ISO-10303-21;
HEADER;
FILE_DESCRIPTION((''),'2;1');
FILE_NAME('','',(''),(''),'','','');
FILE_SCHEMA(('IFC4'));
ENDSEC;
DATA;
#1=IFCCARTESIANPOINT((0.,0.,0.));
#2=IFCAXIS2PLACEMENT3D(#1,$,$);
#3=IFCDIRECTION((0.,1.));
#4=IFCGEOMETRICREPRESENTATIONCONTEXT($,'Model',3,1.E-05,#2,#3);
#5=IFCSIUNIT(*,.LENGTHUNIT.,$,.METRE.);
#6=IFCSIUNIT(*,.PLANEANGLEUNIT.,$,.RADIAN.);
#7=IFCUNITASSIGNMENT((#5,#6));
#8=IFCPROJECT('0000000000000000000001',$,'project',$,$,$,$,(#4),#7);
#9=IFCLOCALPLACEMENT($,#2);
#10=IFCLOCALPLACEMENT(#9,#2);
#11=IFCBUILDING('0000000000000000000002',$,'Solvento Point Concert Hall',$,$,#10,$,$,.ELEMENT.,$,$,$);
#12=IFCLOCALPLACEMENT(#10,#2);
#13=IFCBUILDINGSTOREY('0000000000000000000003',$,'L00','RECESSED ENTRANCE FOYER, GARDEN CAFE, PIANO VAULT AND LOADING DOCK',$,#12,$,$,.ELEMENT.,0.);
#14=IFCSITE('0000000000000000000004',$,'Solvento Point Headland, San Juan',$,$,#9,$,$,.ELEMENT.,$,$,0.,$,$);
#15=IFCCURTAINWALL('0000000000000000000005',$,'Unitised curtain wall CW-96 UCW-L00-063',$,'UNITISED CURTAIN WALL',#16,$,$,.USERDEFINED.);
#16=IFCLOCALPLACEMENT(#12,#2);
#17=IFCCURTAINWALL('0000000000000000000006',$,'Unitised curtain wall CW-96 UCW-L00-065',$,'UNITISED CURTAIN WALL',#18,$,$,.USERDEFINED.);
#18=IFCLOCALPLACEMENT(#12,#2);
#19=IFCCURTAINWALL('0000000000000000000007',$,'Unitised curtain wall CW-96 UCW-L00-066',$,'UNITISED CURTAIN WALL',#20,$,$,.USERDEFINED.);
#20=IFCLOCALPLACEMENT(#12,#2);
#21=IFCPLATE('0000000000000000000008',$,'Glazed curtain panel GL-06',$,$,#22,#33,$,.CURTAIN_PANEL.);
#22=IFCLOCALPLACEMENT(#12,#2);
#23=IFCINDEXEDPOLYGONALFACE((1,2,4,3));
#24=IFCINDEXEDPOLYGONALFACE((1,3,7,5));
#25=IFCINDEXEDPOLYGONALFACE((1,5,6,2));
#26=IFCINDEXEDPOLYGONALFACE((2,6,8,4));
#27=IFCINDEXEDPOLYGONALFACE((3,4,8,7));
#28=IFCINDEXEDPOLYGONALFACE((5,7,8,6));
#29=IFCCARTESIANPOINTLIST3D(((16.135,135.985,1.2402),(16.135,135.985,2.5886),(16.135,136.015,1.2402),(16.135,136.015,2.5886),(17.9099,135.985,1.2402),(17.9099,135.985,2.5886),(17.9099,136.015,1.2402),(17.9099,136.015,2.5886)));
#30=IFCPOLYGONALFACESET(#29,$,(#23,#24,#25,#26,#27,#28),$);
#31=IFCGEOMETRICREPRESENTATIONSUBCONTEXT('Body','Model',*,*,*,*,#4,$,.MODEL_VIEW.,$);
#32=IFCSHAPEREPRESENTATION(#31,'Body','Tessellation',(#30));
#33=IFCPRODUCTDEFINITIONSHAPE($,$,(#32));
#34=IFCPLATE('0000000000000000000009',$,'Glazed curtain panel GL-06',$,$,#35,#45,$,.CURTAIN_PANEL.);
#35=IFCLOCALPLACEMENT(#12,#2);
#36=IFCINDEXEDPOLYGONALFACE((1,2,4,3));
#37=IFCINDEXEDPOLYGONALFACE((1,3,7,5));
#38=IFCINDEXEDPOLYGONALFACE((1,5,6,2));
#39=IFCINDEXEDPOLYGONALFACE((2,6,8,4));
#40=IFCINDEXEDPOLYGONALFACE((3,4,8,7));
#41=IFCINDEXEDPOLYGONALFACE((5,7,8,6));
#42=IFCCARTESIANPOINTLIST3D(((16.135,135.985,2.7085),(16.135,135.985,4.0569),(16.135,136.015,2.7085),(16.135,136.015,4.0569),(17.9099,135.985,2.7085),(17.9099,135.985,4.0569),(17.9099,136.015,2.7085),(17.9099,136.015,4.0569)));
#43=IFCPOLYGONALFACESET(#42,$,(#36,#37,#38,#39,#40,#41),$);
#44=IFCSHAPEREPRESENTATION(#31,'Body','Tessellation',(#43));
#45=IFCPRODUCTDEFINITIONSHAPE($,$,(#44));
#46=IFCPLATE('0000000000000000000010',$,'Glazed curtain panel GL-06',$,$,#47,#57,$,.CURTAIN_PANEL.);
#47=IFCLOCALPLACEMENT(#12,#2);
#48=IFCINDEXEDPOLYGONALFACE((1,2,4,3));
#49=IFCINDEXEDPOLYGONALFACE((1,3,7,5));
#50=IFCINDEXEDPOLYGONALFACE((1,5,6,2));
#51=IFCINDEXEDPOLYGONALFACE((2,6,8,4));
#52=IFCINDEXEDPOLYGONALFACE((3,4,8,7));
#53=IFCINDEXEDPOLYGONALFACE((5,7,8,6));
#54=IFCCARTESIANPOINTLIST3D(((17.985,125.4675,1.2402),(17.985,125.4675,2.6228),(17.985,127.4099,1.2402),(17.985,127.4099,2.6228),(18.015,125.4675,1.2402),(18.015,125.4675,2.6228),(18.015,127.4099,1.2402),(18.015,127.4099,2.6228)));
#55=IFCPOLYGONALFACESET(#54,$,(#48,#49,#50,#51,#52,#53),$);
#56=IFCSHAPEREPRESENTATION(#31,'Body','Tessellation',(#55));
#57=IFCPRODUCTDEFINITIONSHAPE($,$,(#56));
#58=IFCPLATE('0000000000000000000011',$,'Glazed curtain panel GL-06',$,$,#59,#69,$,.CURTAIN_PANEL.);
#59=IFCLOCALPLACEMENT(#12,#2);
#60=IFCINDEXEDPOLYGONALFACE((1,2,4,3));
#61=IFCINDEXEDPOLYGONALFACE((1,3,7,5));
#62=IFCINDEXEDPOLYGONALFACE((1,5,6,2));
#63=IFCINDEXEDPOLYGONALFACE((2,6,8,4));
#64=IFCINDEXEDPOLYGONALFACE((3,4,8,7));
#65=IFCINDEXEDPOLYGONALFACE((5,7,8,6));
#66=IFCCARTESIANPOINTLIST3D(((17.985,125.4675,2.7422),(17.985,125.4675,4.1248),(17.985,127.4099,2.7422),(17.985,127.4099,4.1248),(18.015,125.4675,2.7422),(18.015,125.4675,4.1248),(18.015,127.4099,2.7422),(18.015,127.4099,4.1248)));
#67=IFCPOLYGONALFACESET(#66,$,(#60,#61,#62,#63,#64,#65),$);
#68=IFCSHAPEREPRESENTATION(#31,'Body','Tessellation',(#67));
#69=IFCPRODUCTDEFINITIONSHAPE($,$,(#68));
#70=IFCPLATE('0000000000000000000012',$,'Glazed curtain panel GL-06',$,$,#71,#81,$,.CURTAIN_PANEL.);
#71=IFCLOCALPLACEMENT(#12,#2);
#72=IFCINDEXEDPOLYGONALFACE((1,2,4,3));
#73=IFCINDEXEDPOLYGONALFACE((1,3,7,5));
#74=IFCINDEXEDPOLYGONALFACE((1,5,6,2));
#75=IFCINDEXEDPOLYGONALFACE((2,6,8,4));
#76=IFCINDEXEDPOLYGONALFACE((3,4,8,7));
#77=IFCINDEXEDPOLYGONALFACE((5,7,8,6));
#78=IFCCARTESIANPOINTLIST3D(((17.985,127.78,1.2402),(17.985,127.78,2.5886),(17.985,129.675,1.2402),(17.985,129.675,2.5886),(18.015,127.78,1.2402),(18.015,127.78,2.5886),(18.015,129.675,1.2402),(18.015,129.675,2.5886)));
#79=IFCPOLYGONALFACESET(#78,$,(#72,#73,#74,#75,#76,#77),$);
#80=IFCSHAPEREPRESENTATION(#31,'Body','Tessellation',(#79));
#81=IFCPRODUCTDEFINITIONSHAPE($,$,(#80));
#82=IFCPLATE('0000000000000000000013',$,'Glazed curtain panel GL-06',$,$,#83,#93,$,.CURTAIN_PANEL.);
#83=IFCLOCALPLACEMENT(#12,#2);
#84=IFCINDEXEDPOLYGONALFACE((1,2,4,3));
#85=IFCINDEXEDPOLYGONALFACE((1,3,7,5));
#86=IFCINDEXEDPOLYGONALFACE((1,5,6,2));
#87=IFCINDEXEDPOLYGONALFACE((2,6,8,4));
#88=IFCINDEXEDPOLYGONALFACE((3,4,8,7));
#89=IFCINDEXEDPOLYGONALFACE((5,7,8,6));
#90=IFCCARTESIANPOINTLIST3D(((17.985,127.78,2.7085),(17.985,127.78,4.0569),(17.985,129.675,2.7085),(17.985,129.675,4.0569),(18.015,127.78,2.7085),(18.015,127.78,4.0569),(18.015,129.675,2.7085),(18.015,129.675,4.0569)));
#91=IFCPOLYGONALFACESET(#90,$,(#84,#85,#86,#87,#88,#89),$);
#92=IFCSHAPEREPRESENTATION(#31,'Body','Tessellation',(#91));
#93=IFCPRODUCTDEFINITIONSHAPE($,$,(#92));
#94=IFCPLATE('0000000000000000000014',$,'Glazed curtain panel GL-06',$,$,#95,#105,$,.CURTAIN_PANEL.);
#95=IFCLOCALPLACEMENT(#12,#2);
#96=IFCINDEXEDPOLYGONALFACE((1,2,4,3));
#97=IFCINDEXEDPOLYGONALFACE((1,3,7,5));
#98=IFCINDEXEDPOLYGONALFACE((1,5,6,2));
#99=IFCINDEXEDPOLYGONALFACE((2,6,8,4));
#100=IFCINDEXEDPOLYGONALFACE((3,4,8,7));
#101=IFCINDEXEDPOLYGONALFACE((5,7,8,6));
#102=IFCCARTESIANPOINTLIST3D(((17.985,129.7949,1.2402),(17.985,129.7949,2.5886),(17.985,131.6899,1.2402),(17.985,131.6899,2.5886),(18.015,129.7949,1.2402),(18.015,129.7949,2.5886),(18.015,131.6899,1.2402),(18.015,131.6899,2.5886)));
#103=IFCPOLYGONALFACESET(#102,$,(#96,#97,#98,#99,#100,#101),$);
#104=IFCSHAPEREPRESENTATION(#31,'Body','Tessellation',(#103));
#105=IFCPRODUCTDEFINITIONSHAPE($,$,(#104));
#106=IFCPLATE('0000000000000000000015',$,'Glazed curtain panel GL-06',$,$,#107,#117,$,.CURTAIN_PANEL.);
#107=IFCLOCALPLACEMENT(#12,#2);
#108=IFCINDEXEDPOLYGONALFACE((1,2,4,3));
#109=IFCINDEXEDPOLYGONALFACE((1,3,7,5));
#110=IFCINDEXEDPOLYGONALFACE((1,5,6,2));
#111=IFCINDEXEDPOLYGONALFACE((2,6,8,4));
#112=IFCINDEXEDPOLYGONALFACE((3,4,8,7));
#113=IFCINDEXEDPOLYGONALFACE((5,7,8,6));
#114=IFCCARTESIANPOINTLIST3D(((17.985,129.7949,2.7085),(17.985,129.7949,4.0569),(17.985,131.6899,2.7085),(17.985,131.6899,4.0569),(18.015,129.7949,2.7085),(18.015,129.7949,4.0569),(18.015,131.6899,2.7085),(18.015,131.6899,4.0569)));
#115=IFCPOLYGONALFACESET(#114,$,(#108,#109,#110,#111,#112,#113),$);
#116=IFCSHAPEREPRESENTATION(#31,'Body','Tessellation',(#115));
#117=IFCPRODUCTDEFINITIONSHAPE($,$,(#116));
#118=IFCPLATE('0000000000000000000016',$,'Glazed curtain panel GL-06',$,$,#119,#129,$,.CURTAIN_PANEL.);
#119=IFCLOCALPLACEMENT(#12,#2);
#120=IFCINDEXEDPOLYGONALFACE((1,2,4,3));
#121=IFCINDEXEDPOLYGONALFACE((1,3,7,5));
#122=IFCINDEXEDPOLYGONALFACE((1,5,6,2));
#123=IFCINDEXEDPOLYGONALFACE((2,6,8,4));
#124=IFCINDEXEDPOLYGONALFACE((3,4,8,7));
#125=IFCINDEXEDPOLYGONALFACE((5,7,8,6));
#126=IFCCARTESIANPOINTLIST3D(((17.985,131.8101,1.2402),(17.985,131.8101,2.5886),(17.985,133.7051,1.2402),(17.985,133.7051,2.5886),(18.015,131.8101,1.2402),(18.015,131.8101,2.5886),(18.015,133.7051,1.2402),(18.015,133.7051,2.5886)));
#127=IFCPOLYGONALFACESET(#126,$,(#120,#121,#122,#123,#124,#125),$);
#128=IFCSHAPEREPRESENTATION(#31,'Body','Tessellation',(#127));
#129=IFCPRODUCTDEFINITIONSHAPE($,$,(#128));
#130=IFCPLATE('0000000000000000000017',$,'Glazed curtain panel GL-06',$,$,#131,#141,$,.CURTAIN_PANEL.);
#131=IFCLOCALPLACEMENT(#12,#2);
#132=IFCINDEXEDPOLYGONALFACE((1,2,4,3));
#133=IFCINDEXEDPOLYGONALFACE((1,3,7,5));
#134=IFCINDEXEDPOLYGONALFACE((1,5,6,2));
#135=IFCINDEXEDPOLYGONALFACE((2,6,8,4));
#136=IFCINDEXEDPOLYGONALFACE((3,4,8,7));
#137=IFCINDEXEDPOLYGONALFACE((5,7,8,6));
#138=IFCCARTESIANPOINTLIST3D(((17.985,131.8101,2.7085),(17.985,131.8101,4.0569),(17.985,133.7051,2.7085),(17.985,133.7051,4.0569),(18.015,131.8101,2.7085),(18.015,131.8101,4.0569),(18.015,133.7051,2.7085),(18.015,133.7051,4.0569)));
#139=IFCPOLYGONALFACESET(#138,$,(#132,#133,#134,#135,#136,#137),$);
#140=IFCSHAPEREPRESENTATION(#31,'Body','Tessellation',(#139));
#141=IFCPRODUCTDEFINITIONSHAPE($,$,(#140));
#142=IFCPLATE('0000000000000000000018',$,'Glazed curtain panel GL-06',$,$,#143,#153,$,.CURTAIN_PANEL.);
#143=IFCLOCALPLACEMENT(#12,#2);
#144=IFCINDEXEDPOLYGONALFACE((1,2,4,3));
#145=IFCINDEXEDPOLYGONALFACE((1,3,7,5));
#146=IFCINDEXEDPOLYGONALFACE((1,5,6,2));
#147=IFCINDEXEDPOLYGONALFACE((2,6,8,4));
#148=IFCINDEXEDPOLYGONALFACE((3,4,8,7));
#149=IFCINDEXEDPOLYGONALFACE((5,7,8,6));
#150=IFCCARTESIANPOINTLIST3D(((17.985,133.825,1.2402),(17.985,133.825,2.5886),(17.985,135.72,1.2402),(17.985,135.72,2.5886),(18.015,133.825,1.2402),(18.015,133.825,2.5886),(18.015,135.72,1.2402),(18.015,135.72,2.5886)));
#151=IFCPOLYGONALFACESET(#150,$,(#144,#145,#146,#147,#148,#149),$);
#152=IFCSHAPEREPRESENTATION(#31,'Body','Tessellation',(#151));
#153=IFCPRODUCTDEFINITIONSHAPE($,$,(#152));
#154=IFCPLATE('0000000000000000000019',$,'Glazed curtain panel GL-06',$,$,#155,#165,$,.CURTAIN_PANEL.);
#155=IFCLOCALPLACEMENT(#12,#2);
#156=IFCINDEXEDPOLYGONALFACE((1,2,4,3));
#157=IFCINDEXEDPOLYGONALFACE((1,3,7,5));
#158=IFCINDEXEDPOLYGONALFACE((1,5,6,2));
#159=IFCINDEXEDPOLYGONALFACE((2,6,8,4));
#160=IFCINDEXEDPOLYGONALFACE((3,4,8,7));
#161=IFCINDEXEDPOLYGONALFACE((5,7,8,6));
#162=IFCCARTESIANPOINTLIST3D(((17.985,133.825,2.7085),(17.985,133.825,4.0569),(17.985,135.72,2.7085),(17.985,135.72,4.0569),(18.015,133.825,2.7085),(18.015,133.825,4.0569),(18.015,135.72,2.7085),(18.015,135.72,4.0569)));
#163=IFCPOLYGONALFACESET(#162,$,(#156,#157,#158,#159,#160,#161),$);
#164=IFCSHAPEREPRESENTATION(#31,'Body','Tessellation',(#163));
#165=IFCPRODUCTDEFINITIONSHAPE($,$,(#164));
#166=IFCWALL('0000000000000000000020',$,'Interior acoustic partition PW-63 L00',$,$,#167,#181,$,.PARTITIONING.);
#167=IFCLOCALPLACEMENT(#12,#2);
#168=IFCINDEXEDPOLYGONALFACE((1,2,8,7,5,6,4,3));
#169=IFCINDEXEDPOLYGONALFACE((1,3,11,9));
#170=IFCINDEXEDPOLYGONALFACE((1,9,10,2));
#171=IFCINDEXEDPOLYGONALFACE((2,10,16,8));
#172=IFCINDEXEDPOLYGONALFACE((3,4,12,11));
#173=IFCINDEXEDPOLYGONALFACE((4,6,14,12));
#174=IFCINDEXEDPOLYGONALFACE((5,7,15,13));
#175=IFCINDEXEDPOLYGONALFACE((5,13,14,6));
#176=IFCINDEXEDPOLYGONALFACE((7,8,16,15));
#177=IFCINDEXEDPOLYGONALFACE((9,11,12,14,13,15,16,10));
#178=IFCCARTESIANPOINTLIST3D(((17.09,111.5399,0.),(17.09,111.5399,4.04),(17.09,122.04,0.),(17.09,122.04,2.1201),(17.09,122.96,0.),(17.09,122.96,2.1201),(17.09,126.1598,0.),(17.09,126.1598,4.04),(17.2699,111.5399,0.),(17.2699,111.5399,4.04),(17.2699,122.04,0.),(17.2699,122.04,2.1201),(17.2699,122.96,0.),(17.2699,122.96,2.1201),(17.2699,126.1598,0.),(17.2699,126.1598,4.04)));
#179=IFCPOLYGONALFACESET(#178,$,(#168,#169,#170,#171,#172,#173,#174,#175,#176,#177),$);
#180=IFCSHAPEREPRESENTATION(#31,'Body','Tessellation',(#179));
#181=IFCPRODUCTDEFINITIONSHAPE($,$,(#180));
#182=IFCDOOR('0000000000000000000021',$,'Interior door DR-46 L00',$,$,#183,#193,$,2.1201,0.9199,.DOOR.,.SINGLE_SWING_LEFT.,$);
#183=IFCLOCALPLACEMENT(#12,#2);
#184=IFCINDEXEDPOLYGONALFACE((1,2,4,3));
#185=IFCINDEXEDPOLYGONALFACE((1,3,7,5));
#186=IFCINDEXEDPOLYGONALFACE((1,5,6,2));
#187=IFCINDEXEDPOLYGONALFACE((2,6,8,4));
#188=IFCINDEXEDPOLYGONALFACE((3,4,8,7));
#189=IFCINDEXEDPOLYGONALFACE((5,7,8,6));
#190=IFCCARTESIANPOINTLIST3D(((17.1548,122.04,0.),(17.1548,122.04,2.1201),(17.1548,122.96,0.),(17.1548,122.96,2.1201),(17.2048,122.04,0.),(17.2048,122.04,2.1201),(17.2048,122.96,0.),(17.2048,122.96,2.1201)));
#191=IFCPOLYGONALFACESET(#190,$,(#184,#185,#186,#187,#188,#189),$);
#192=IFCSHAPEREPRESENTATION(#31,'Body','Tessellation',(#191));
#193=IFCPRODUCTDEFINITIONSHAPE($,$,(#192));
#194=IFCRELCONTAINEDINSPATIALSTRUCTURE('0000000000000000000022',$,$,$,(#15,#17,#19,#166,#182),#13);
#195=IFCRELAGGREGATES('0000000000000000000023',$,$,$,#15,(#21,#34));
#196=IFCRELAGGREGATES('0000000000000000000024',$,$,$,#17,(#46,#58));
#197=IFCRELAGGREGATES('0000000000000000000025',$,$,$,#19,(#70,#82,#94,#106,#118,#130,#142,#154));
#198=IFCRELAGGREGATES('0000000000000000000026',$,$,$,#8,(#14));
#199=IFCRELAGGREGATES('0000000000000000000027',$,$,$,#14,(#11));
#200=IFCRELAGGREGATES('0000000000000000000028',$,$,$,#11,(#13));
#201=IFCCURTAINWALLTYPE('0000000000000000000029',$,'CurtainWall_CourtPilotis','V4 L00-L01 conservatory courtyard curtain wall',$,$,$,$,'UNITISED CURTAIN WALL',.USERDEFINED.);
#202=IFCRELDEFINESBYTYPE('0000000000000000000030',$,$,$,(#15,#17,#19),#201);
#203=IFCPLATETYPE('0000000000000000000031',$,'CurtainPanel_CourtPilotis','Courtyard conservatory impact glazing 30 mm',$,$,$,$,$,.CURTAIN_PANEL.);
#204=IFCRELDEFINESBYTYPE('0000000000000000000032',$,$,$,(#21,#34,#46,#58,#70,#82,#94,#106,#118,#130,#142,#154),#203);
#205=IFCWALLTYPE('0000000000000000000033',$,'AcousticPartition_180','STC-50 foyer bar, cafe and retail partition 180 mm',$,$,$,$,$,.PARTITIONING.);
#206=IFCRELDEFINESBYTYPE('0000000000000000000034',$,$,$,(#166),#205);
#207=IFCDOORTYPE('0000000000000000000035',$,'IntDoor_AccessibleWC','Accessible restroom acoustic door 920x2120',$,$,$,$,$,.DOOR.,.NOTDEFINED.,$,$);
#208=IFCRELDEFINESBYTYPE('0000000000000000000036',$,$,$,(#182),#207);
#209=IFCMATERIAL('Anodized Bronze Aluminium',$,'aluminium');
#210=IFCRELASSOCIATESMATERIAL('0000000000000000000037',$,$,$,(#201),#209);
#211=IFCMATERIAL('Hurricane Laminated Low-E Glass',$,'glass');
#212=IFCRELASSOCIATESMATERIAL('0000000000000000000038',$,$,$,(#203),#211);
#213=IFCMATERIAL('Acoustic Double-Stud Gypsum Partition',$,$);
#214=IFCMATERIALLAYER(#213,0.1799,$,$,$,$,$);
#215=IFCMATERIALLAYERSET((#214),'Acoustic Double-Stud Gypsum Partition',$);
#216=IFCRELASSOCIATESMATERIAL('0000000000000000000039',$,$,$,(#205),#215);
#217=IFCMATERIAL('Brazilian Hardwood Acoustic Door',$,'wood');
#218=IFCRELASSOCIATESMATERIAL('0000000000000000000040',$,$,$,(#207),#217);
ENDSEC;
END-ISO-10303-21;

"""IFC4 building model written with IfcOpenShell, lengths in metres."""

from ifc_helpers import new_model, si_unit, direction, frame, frame_2d, origin, origin_2d, place, context, subcontext, project, spatial, rectangle, extrude, material, layer, layer_set, type_object, element, fill, aggregate, save


model = new_model("IFC4")

# Units and contexts
model_context = context("Model", 3, precision=1e-05, world=origin(), true_north=direction((0.0, 1.0)))
body_context = subcontext(model_context, "Body", "Model", "MODEL_VIEW")
ifc_project = project(units=[si_unit("LENGTHUNIT", "METRE"), si_unit("PLANEANGLEUNIT", "RADIAN")], contexts=[model_context])

# Site, building, storey
site_placement = place(None, origin())
site = spatial("IfcSite", under=ifc_project, at=site_placement, Name="Solvento Point Headland, San Juan", CompositionType="ELEMENT", RefElevation=0.0)
building_placement = place(site_placement, origin())
building = spatial("IfcBuilding", under=site, at=building_placement, Name="Solvento Point Concert Hall", CompositionType="ELEMENT")
storey_placement = place(building_placement, origin())
storey = spatial("IfcBuildingStorey", under=building, at=storey_placement, Name="L00", Description="RECESSED ENTRANCE FOYER, GARDEN CAFE, PIANO VAULT AND LOADING DOCK", CompositionType="ELEMENT", Elevation=0.0)

# Curtain walls
ifc_material_1 = material(Name="Anodized Bronze Aluminium", Category="aluminium")
curtain_wall_type = type_object("IfcCurtainWallType", Name="CurtainWall_CourtPilotis", Description="V4 L00-L01 conservatory courtyard curtain wall", ElementType="UNITISED CURTAIN WALL", PredefinedType="USERDEFINED", material=ifc_material_1)
curtain_wall_1_placement = place(storey_placement, origin())
curtain_wall_1 = element("IfcCurtainWall", 1, at=curtain_wall_1_placement, inside=storey, type_object=curtain_wall_type, Name="Unitised curtain wall CW-96 UCW-L00-063", ObjectType="UNITISED CURTAIN WALL", PredefinedType="USERDEFINED")
curtain_wall_2_placement = place(storey_placement, origin())
curtain_wall_2 = element("IfcCurtainWall", 2, at=curtain_wall_2_placement, inside=storey, type_object=curtain_wall_type, Name="Unitised curtain wall CW-96 UCW-L00-065", ObjectType="UNITISED CURTAIN WALL", PredefinedType="USERDEFINED")
curtain_wall_3_placement = place(storey_placement, origin())
curtain_wall_3 = element("IfcCurtainWall", 3, at=curtain_wall_3_placement, inside=storey, type_object=curtain_wall_type, Name="Unitised curtain wall CW-96 UCW-L00-066", ObjectType="UNITISED CURTAIN WALL", PredefinedType="USERDEFINED")

# Plates
ifc_material_2 = material(Name="Hurricane Laminated Low-E Glass", Category="glass")
plate_type = type_object("IfcPlateType", Name="CurtainPanel_CourtPilotis", Description="Courtyard conservatory impact glazing 30 mm", PredefinedType="CURTAIN_PANEL", material=ifc_material_2)
plate_1_placement = place(storey_placement, frame((17.0225, 136.0, 1.2402), z_axis=(0.0, 0.0, 1.0), x_axis=(1.0, 0.0, 0.0)))
plate_1 = element("IfcPlate", 4, at=plate_1_placement, type_object=plate_type, Name="Glazed curtain panel GL-06", PredefinedType="CURTAIN_PANEL", context=body_context, shape_type="SweptSolid", body=[
    extrude(rectangle(XDim=1.7749, YDim=0.03, at=origin_2d()), origin(), (0.0, 0.0, 1.0), 1.3484),
])
plate_2_placement = place(storey_placement, frame((17.0225, 136.0, 2.7085), z_axis=(0.0, 0.0, 1.0), x_axis=(1.0, 0.0, 0.0)))
plate_2 = element("IfcPlate", 5, at=plate_2_placement, type_object=plate_type, Name="Glazed curtain panel GL-06", PredefinedType="CURTAIN_PANEL", context=body_context, shape_type="SweptSolid", body=[
    extrude(rectangle(XDim=1.7749, YDim=0.03, at=origin_2d()), origin(), (0.0, 0.0, 1.0), 1.3484),
])
aggregate(curtain_wall_1, [plate_1, plate_2])
plate_3_placement = place(storey_placement, frame((18.0, 126.4387, 1.2402), z_axis=(0.0, 0.0, 1.0), x_axis=(0.0, 1.0, 0.0)))
plate_3 = element("IfcPlate", 6, at=plate_3_placement, type_object=plate_type, Name="Glazed curtain panel GL-06", PredefinedType="CURTAIN_PANEL", context=body_context, shape_type="SweptSolid", body=[
    extrude(rectangle(XDim=1.9424, YDim=0.03, at=origin_2d()), origin(), (0.0, 0.0, 1.0), 1.3826),
])
plate_4_placement = place(storey_placement, frame((18.0, 126.4387, 2.7422), z_axis=(0.0, 0.0, 1.0), x_axis=(0.0, 1.0, 0.0)))
plate_4 = element("IfcPlate", 7, at=plate_4_placement, type_object=plate_type, Name="Glazed curtain panel GL-06", PredefinedType="CURTAIN_PANEL", context=body_context, shape_type="SweptSolid", body=[
    extrude(rectangle(XDim=1.9424, YDim=0.03, at=origin_2d()), origin(), (0.0, 0.0, 1.0), 1.3826),
])
aggregate(curtain_wall_2, [plate_3, plate_4])
plate_5_placement = place(storey_placement, frame((18.0, 128.7275, 1.2402), z_axis=(0.0, 0.0, 1.0), x_axis=(0.0, 1.0, 0.0)))
plate_5 = element("IfcPlate", 8, at=plate_5_placement, type_object=plate_type, Name="Glazed curtain panel GL-06", PredefinedType="CURTAIN_PANEL", context=body_context, shape_type="SweptSolid", body=[
    extrude(rectangle(XDim=1.895, YDim=0.03, at=origin_2d()), origin(), (0.0, 0.0, 1.0), 1.3484),
])
plate_6_placement = place(storey_placement, frame((18.0, 128.7275, 2.7085), z_axis=(0.0, 0.0, 1.0), x_axis=(0.0, 1.0, 0.0)))
plate_6 = element("IfcPlate", 9, at=plate_6_placement, type_object=plate_type, Name="Glazed curtain panel GL-06", PredefinedType="CURTAIN_PANEL", context=body_context, shape_type="SweptSolid", body=[
    extrude(rectangle(XDim=1.895, YDim=0.03, at=origin_2d()), origin(), (0.0, 0.0, 1.0), 1.3484),
])
plate_7_placement = place(storey_placement, frame((18.0, 130.7424, 1.2402), z_axis=(0.0, 0.0, 1.0), x_axis=(0.0, 1.0, 0.0)))
plate_7 = element("IfcPlate", 10, at=plate_7_placement, type_object=plate_type, Name="Glazed curtain panel GL-06", PredefinedType="CURTAIN_PANEL", context=body_context, shape_type="SweptSolid", body=[
    extrude(rectangle(XDim=1.895, YDim=0.03, at=origin_2d()), origin(), (0.0, 0.0, 1.0), 1.3484),
])
plate_8_placement = place(storey_placement, frame((18.0, 130.7424, 2.7085), z_axis=(0.0, 0.0, 1.0), x_axis=(0.0, 1.0, 0.0)))
plate_8 = element("IfcPlate", 11, at=plate_8_placement, type_object=plate_type, Name="Glazed curtain panel GL-06", PredefinedType="CURTAIN_PANEL", context=body_context, shape_type="SweptSolid", body=[
    extrude(rectangle(XDim=1.895, YDim=0.03, at=origin_2d()), origin(), (0.0, 0.0, 1.0), 1.3484),
])
plate_9_placement = place(storey_placement, frame((18.0, 132.7576, 1.2402), z_axis=(0.0, 0.0, 1.0), x_axis=(0.0, 1.0, 0.0)))
plate_9 = element("IfcPlate", 12, at=plate_9_placement, type_object=plate_type, Name="Glazed curtain panel GL-06", PredefinedType="CURTAIN_PANEL", context=body_context, shape_type="SweptSolid", body=[
    extrude(rectangle(XDim=1.895, YDim=0.03, at=origin_2d()), origin(), (0.0, 0.0, 1.0), 1.3484),
])
plate_10_placement = place(storey_placement, frame((18.0, 132.7576, 2.7085), z_axis=(0.0, 0.0, 1.0), x_axis=(0.0, 1.0, 0.0)))
plate_10 = element("IfcPlate", 13, at=plate_10_placement, type_object=plate_type, Name="Glazed curtain panel GL-06", PredefinedType="CURTAIN_PANEL", context=body_context, shape_type="SweptSolid", body=[
    extrude(rectangle(XDim=1.895, YDim=0.03, at=origin_2d()), origin(), (0.0, 0.0, 1.0), 1.3484),
])
plate_11_placement = place(storey_placement, frame((18.0, 134.7725, 1.2402), z_axis=(0.0, 0.0, 1.0), x_axis=(0.0, 1.0, 0.0)))
plate_11 = element("IfcPlate", 14, at=plate_11_placement, type_object=plate_type, Name="Glazed curtain panel GL-06", PredefinedType="CURTAIN_PANEL", context=body_context, shape_type="SweptSolid", body=[
    extrude(rectangle(XDim=1.895, YDim=0.03, at=origin_2d()), origin(), (0.0, 0.0, 1.0), 1.3484),
])
plate_12_placement = place(storey_placement, frame((18.0, 134.7725, 2.7085), z_axis=(0.0, 0.0, 1.0), x_axis=(0.0, 1.0, 0.0)))
plate_12 = element("IfcPlate", 15, at=plate_12_placement, type_object=plate_type, Name="Glazed curtain panel GL-06", PredefinedType="CURTAIN_PANEL", context=body_context, shape_type="SweptSolid", body=[
    extrude(rectangle(XDim=1.895, YDim=0.03, at=origin_2d()), origin(), (0.0, 0.0, 1.0), 1.3484),
])
aggregate(curtain_wall_3, [plate_5, plate_6, plate_7, plate_8, plate_9, plate_10, plate_11, plate_12])

# Wall, opening, door
ifc_material_3 = material(Name="Acoustic Double-Stud Gypsum Partition")
ifc_layer_1 = layer(ifc_material_3, 0.1799)
ifc_layer_set_1 = layer_set([ifc_layer_1], Name="Acoustic Double-Stud Gypsum Partition")
wall_type_1 = type_object("IfcWallType", Name="AcousticPartition_180", Description="STC-50 foyer bar, cafe and retail partition 180 mm", PredefinedType="PARTITIONING", material=ifc_layer_set_1)
wall_1_placement = place(storey_placement, frame((17.1799, 126.1599, 0.0), z_axis=(0.0, 0.0, 1.0), x_axis=(0.0, -1.0, 0.0)))
wall_1 = element("IfcWall", 16, at=wall_1_placement, inside=storey, type_object=wall_type_1, Name="Interior acoustic partition PW-63 L00", PredefinedType="PARTITIONING", context=body_context, shape_type="SweptSolid", body=[
    extrude(rectangle(XDim=14.6199, YDim=0.1799, at=frame_2d((7.3101, 0.0))), origin(), (0.0, 0.0, 1.0), 4.04),
])
opening_placement = place(wall_1_placement, frame((3.2, 0.0, 0.0)))
opening = element("IfcOpeningElement", 17, at=opening_placement, cuts=wall_1, PredefinedType="OPENING", context=body_context, shape_type="SweptSolid", body=[
    extrude(rectangle(XDim=0.9199, YDim=2.1201, at=frame_2d((0.46, 1.0601))), frame((0.0, 0.0999, 0.0), z_axis=(0.0, -1.0, 0.0), x_axis=(1.0, 0.0, 0.0)), (0.0, 0.0, 1.0), 0.2),
])
ifc_material_4 = material(Name="Brazilian Hardwood Acoustic Door", Category="wood")
door_type = type_object("IfcDoorType", Name="IntDoor_AccessibleWC", Description="Accessible restroom acoustic door 920x2120", OperationType="NOTDEFINED", PredefinedType="DOOR", material=ifc_material_4)
door_placement = place(opening_placement, origin())
door = element("IfcDoor", 18, at=door_placement, inside=storey, type_object=door_type, Name="Interior door DR-46 L00", OperationType="SINGLE_SWING_LEFT", OverallHeight=2.1201, OverallWidth=0.9199, PredefinedType="DOOR", context=body_context, shape_type="SweptSolid", body=[
    extrude(rectangle(XDim=0.9199, YDim=2.1201, at=frame_2d((0.46, 1.0601))), frame((0.0, 0.0249, 0.0), z_axis=(0.0, -1.0, 0.0), x_axis=(1.0, 0.0, 0.0)), (0.0, 0.0, 1.0), 0.05),
])
fill(opening, door)

save(model, "model.ifc")
